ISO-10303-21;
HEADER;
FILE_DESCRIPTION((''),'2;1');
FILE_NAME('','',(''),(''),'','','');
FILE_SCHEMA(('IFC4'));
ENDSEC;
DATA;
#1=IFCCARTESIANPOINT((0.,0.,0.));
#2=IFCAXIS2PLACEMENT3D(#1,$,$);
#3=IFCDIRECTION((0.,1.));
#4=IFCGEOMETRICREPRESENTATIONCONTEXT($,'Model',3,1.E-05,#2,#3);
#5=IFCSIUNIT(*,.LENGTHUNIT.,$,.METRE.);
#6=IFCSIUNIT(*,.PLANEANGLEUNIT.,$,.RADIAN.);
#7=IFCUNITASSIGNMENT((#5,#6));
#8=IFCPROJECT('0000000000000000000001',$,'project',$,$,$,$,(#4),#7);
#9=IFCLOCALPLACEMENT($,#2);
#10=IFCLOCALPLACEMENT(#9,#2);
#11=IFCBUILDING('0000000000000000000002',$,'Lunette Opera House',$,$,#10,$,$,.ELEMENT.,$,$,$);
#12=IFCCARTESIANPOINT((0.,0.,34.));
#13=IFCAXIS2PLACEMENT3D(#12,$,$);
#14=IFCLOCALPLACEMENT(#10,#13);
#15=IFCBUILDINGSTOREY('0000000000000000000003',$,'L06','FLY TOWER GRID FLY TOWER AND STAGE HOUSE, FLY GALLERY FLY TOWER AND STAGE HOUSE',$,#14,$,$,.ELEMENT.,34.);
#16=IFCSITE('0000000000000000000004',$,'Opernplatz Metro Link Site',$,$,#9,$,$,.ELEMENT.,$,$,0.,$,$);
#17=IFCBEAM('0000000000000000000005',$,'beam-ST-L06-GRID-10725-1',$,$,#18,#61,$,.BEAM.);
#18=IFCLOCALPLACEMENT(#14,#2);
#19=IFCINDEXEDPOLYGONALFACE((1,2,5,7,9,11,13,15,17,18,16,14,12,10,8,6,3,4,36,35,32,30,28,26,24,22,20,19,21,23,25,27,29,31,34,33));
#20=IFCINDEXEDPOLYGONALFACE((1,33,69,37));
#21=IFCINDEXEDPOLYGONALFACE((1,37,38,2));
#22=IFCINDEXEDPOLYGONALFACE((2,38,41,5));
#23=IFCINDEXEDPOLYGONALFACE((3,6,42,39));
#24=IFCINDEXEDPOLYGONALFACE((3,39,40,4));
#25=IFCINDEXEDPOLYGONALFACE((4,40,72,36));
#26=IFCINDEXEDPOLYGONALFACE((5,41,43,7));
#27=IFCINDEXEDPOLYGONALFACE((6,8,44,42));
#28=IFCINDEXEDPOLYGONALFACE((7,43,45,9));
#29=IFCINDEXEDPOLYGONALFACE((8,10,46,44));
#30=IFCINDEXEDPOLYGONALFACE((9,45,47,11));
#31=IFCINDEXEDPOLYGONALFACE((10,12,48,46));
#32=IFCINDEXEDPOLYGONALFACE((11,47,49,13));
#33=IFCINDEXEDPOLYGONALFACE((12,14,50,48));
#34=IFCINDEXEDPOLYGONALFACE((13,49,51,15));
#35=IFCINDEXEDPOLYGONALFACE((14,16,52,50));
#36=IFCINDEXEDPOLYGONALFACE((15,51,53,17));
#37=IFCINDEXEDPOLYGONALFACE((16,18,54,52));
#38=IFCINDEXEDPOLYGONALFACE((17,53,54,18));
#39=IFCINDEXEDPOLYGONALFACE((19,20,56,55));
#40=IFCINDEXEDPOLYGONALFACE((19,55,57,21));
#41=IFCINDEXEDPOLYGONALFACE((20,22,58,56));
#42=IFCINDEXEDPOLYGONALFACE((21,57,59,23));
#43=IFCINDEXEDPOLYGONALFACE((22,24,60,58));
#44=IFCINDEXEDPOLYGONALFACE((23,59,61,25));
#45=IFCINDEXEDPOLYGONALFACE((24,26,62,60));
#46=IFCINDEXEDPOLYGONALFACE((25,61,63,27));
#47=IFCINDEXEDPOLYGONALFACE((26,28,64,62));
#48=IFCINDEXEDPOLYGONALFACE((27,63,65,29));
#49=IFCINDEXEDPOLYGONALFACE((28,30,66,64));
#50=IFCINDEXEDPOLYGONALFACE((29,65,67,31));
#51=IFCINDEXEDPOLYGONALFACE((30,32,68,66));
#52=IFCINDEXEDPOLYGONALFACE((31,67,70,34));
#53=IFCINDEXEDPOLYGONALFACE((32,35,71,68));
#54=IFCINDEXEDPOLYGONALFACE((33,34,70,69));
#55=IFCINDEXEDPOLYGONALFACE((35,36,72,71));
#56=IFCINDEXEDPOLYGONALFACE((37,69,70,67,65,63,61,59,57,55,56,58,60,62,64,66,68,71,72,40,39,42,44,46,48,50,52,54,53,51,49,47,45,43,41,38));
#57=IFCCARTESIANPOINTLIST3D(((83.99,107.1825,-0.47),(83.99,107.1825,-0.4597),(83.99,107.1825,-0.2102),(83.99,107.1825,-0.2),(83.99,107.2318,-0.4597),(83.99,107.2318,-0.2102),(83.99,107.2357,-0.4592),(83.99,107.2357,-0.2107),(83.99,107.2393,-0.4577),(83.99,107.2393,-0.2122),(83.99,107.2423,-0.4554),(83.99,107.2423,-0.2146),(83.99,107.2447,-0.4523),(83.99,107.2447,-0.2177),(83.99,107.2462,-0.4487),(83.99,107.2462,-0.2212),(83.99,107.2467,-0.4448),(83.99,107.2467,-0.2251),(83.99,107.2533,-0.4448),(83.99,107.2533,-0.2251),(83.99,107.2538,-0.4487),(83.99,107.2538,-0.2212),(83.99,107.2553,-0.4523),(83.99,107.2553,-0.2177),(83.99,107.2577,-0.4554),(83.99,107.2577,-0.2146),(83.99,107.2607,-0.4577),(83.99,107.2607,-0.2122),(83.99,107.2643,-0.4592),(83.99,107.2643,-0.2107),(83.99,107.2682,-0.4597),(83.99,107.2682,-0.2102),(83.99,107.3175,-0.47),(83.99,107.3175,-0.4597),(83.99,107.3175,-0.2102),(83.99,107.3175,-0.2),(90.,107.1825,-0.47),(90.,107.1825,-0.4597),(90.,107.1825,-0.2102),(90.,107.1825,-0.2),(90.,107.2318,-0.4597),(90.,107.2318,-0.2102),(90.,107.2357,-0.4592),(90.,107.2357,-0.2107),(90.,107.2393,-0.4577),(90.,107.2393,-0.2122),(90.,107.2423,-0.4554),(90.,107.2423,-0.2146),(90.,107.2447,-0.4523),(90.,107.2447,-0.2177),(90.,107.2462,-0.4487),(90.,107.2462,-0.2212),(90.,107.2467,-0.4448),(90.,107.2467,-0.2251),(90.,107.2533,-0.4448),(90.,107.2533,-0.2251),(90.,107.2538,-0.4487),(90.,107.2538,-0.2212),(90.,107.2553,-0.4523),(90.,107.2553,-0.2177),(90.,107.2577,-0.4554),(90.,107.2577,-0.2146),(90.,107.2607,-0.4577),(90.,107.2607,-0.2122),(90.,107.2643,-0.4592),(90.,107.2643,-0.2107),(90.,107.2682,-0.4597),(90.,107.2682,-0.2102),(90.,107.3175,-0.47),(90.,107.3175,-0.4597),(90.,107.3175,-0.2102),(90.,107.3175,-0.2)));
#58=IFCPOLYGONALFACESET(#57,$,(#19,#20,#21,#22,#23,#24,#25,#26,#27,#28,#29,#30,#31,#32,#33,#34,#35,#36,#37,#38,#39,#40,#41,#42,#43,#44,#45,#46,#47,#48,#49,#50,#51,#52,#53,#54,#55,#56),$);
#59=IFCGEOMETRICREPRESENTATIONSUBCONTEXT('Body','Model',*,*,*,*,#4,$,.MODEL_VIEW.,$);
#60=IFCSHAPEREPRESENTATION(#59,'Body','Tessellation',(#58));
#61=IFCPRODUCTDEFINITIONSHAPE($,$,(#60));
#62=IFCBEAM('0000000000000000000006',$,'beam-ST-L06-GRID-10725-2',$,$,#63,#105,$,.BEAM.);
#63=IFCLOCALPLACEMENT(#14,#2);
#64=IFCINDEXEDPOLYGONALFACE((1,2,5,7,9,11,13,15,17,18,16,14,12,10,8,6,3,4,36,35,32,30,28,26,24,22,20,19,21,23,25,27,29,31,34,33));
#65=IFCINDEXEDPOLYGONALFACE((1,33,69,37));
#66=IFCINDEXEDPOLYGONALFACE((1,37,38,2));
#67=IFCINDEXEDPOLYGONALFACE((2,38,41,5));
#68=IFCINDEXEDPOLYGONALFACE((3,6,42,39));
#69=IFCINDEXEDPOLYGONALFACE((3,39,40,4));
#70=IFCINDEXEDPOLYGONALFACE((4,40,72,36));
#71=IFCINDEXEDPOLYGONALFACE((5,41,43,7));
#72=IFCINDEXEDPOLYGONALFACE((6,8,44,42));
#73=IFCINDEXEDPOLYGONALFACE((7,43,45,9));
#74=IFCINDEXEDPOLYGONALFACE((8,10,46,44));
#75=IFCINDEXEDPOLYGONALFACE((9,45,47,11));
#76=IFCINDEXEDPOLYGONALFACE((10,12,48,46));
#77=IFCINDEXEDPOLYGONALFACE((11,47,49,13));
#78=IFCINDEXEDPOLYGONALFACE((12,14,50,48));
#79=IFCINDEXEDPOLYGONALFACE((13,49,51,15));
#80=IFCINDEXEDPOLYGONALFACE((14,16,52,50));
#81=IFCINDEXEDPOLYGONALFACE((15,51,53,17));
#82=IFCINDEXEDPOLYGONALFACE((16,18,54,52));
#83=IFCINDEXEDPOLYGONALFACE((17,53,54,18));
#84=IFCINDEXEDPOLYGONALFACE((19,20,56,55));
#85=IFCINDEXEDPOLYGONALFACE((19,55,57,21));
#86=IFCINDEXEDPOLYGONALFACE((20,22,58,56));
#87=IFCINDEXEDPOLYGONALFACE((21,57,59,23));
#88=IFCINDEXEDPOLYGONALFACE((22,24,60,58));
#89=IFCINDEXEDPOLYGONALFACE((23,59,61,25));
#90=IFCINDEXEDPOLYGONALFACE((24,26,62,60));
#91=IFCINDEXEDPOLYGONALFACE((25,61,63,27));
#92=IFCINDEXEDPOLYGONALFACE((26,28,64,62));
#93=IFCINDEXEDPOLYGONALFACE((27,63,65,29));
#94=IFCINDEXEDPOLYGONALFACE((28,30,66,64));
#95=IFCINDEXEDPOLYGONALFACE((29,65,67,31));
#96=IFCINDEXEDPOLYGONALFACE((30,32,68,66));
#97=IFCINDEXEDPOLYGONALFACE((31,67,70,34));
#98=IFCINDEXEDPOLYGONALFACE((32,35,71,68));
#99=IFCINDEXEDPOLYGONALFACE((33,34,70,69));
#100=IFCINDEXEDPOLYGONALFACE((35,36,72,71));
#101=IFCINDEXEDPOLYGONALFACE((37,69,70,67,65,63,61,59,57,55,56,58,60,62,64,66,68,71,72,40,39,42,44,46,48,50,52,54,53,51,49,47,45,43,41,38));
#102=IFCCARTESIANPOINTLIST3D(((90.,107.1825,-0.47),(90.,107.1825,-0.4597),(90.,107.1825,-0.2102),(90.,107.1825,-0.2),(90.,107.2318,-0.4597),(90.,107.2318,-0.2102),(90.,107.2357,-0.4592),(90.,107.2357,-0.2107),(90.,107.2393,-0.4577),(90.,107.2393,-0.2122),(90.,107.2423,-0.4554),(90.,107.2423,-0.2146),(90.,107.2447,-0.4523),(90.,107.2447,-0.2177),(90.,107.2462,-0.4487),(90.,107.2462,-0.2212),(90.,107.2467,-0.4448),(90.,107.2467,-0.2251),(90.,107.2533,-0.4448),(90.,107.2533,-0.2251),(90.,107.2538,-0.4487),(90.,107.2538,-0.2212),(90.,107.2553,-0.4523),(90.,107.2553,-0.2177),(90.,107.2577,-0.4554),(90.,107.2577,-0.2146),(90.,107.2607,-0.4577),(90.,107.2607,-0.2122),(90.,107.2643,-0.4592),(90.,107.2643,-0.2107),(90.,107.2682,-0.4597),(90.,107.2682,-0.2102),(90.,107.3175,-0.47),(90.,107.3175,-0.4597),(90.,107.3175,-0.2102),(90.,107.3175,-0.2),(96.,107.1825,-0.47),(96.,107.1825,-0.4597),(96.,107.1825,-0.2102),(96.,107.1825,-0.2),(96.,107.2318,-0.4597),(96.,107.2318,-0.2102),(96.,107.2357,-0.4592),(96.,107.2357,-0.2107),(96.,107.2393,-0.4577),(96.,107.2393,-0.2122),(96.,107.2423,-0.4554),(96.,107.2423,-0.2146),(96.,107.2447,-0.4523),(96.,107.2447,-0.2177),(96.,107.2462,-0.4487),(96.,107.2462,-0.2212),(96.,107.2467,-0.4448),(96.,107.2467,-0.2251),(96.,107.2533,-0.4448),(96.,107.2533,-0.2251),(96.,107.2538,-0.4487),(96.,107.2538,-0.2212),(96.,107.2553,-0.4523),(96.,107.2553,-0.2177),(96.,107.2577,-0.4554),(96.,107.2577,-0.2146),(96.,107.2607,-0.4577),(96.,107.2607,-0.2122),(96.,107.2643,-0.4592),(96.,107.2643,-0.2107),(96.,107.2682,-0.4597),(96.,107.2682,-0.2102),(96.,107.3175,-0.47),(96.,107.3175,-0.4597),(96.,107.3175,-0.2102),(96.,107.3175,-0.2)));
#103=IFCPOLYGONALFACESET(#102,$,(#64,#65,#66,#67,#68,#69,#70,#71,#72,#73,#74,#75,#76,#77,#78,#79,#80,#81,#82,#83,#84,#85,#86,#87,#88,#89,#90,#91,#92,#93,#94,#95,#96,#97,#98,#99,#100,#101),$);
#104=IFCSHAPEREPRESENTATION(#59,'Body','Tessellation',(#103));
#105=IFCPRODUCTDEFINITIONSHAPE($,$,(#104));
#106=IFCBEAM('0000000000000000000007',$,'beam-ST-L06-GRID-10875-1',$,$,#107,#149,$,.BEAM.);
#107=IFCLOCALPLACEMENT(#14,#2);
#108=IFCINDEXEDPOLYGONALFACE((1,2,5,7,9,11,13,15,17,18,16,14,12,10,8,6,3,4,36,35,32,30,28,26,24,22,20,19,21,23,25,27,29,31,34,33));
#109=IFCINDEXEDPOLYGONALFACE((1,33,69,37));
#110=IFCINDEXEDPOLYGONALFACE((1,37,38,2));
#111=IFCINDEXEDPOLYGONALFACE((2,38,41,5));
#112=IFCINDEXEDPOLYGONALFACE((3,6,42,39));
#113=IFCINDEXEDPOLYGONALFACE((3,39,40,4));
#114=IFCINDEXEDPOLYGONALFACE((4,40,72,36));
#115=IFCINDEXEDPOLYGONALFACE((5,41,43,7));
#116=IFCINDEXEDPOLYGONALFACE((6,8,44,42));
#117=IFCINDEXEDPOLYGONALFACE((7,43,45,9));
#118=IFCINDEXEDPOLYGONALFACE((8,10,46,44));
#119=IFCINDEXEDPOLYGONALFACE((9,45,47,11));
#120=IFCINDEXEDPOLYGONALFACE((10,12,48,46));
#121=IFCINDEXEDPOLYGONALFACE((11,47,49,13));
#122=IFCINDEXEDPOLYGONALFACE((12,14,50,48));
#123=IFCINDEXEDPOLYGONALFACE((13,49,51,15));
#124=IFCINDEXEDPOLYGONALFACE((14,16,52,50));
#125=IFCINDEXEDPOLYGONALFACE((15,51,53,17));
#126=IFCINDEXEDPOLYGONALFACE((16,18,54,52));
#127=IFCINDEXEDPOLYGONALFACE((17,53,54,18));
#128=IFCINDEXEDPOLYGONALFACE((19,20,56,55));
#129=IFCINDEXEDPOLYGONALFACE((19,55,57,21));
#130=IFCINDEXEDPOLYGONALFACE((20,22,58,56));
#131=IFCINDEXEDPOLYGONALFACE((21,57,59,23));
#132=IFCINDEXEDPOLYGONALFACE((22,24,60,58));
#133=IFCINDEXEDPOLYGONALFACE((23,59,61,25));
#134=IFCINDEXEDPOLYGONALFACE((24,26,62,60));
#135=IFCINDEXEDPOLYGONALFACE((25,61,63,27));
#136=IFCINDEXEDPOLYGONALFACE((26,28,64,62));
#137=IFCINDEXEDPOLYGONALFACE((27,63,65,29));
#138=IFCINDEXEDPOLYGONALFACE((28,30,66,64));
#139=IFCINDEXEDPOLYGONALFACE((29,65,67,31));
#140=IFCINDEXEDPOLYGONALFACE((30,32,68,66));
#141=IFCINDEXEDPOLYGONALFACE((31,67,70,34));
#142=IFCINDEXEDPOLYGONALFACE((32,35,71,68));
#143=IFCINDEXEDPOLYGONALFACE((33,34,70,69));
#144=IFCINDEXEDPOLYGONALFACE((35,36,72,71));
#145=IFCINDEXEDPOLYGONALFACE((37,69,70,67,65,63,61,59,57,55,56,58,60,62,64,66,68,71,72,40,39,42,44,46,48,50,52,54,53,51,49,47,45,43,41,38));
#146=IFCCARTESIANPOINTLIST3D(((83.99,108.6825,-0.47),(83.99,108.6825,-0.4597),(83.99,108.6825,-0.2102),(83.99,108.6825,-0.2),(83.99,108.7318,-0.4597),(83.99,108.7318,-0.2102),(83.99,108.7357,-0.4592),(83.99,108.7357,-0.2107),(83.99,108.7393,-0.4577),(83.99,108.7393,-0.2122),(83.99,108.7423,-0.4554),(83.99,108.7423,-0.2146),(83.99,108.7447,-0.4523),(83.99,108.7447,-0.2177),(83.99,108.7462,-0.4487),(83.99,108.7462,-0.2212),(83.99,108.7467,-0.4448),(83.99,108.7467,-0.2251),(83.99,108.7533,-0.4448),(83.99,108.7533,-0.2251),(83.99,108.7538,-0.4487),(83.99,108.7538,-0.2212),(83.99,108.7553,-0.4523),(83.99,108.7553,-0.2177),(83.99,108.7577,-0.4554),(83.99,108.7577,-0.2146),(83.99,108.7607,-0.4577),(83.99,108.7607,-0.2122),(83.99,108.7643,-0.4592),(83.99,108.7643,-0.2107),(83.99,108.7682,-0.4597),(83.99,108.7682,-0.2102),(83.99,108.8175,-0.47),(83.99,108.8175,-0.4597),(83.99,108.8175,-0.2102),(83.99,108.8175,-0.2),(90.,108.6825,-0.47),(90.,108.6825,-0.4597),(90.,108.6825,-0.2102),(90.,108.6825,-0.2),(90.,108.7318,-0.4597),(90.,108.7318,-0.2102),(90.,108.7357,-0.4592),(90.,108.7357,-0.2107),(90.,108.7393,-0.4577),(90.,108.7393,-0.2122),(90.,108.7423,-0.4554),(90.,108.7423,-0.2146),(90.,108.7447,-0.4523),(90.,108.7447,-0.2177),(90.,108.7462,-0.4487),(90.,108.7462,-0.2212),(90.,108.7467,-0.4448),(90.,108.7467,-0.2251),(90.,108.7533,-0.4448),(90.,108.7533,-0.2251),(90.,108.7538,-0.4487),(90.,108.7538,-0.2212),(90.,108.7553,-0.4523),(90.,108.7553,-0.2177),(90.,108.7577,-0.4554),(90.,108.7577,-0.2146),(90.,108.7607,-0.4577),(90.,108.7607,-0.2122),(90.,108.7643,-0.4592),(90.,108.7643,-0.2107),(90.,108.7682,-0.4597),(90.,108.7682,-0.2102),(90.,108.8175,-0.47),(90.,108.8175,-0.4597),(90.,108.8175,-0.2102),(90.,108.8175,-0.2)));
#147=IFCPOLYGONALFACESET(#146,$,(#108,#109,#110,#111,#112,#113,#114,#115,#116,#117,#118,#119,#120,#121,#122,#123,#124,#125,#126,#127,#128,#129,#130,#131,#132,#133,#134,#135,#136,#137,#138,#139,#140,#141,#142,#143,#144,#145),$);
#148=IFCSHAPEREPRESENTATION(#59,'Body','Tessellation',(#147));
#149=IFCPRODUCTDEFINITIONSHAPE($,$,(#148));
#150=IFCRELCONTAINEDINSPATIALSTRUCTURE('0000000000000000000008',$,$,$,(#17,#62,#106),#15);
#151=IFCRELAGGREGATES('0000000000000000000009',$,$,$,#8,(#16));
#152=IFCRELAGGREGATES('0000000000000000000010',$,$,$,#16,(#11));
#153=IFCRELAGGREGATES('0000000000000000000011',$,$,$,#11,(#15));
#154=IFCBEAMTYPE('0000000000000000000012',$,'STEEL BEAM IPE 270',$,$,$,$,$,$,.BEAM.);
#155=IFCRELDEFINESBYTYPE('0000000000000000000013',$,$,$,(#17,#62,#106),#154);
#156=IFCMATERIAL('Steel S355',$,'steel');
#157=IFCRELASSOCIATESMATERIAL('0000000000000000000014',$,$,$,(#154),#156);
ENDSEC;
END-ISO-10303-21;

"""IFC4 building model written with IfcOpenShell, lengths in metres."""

from ifc_helpers import new_model, si_unit, direction, frame, origin, origin_2d, place, context, subcontext, project, spatial, i_section, extrude, material, material_profile, profile_set, type_object, element, save


model = new_model("IFC4")

# Units and contexts
model_context = context("Model", 3, precision=1e-05, world=origin(), true_north=direction((0.0, 1.0)))
body_context = subcontext(model_context, "Body", "Model", "MODEL_VIEW")
ifc_project = project(units=[si_unit("LENGTHUNIT", "METRE"), si_unit("PLANEANGLEUNIT", "RADIAN")], contexts=[model_context])

# Site, building, storey
site_placement = place(None, origin())
site = spatial("IfcSite", under=ifc_project, at=site_placement, Name="Opernplatz Metro Link Site", CompositionType="ELEMENT", RefElevation=0.0)
building_placement = place(site_placement, origin())
building = spatial("IfcBuilding", under=site, at=building_placement, Name="Lunette Opera House", CompositionType="ELEMENT")
storey_placement = place(building_placement, frame((0.0, 0.0, 34.0)))
storey = spatial("IfcBuildingStorey", under=building, at=storey_placement, Name="L06", Description="FLY TOWER GRID FLY TOWER AND STAGE HOUSE, FLY GALLERY FLY TOWER AND STAGE HOUSE", CompositionType="ELEMENT", Elevation=34.0)

# Beams
ifc_material_1 = material(Name="Steel S355", Category="steel")
ifc_material_profile_1 = material_profile(ifc_material_1, i_section(OverallWidth=0.135, OverallDepth=0.27, WebThickness=0.0066, FlangeThickness=0.0103, FilletRadius=0.0149, at=origin_2d()), Name="IPE 270")
ifc_profile_set_1 = profile_set([ifc_material_profile_1], Name="Steel S355")
beam_type = type_object("IfcBeamType", Name="STEEL BEAM IPE 270", PredefinedType="BEAM", material=ifc_profile_set_1)
beam_1_placement = place(storey_placement, frame((83.99, 107.25, -0.335), z_axis=(1.0, 0.0, 0.0), x_axis=(0.0, 1.0, 0.0)))
element("IfcBeam", 1, at=beam_1_placement, inside=storey, type_object=beam_type, Name="beam-ST-L06-GRID-10725-1", PredefinedType="BEAM", context=body_context, shape_type="SweptSolid", body=[
    extrude(i_section(OverallWidth=0.135, OverallDepth=0.27, WebThickness=0.0066, FlangeThickness=0.0103, FilletRadius=0.0149, at=origin_2d()), origin(), (0.0, 0.0, 1.0), 6.01),
])
beam_2_placement = place(storey_placement, frame((90.0, 107.25, -0.335), z_axis=(1.0, 0.0, 0.0), x_axis=(0.0, 1.0, 0.0)))
element("IfcBeam", 2, at=beam_2_placement, inside=storey, type_object=beam_type, Name="beam-ST-L06-GRID-10725-2", PredefinedType="BEAM", context=body_context, shape_type="SweptSolid", body=[
    extrude(i_section(OverallWidth=0.135, OverallDepth=0.27, WebThickness=0.0066, FlangeThickness=0.0103, FilletRadius=0.0149, at=origin_2d()), origin(), (0.0, 0.0, 1.0), 6.0),
])
beam_3_placement = place(storey_placement, frame((83.99, 108.75, -0.335), z_axis=(1.0, 0.0, 0.0), x_axis=(0.0, 1.0, 0.0)))
element("IfcBeam", 3, at=beam_3_placement, inside=storey, type_object=beam_type, Name="beam-ST-L06-GRID-10875-1", PredefinedType="BEAM", context=body_context, shape_type="SweptSolid", body=[
    extrude(i_section(OverallWidth=0.135, OverallDepth=0.27, WebThickness=0.0066, FlangeThickness=0.0103, FilletRadius=0.0149, at=origin_2d()), origin(), (0.0, 0.0, 1.0), 6.01),
])

save(model, "model.ifc")
